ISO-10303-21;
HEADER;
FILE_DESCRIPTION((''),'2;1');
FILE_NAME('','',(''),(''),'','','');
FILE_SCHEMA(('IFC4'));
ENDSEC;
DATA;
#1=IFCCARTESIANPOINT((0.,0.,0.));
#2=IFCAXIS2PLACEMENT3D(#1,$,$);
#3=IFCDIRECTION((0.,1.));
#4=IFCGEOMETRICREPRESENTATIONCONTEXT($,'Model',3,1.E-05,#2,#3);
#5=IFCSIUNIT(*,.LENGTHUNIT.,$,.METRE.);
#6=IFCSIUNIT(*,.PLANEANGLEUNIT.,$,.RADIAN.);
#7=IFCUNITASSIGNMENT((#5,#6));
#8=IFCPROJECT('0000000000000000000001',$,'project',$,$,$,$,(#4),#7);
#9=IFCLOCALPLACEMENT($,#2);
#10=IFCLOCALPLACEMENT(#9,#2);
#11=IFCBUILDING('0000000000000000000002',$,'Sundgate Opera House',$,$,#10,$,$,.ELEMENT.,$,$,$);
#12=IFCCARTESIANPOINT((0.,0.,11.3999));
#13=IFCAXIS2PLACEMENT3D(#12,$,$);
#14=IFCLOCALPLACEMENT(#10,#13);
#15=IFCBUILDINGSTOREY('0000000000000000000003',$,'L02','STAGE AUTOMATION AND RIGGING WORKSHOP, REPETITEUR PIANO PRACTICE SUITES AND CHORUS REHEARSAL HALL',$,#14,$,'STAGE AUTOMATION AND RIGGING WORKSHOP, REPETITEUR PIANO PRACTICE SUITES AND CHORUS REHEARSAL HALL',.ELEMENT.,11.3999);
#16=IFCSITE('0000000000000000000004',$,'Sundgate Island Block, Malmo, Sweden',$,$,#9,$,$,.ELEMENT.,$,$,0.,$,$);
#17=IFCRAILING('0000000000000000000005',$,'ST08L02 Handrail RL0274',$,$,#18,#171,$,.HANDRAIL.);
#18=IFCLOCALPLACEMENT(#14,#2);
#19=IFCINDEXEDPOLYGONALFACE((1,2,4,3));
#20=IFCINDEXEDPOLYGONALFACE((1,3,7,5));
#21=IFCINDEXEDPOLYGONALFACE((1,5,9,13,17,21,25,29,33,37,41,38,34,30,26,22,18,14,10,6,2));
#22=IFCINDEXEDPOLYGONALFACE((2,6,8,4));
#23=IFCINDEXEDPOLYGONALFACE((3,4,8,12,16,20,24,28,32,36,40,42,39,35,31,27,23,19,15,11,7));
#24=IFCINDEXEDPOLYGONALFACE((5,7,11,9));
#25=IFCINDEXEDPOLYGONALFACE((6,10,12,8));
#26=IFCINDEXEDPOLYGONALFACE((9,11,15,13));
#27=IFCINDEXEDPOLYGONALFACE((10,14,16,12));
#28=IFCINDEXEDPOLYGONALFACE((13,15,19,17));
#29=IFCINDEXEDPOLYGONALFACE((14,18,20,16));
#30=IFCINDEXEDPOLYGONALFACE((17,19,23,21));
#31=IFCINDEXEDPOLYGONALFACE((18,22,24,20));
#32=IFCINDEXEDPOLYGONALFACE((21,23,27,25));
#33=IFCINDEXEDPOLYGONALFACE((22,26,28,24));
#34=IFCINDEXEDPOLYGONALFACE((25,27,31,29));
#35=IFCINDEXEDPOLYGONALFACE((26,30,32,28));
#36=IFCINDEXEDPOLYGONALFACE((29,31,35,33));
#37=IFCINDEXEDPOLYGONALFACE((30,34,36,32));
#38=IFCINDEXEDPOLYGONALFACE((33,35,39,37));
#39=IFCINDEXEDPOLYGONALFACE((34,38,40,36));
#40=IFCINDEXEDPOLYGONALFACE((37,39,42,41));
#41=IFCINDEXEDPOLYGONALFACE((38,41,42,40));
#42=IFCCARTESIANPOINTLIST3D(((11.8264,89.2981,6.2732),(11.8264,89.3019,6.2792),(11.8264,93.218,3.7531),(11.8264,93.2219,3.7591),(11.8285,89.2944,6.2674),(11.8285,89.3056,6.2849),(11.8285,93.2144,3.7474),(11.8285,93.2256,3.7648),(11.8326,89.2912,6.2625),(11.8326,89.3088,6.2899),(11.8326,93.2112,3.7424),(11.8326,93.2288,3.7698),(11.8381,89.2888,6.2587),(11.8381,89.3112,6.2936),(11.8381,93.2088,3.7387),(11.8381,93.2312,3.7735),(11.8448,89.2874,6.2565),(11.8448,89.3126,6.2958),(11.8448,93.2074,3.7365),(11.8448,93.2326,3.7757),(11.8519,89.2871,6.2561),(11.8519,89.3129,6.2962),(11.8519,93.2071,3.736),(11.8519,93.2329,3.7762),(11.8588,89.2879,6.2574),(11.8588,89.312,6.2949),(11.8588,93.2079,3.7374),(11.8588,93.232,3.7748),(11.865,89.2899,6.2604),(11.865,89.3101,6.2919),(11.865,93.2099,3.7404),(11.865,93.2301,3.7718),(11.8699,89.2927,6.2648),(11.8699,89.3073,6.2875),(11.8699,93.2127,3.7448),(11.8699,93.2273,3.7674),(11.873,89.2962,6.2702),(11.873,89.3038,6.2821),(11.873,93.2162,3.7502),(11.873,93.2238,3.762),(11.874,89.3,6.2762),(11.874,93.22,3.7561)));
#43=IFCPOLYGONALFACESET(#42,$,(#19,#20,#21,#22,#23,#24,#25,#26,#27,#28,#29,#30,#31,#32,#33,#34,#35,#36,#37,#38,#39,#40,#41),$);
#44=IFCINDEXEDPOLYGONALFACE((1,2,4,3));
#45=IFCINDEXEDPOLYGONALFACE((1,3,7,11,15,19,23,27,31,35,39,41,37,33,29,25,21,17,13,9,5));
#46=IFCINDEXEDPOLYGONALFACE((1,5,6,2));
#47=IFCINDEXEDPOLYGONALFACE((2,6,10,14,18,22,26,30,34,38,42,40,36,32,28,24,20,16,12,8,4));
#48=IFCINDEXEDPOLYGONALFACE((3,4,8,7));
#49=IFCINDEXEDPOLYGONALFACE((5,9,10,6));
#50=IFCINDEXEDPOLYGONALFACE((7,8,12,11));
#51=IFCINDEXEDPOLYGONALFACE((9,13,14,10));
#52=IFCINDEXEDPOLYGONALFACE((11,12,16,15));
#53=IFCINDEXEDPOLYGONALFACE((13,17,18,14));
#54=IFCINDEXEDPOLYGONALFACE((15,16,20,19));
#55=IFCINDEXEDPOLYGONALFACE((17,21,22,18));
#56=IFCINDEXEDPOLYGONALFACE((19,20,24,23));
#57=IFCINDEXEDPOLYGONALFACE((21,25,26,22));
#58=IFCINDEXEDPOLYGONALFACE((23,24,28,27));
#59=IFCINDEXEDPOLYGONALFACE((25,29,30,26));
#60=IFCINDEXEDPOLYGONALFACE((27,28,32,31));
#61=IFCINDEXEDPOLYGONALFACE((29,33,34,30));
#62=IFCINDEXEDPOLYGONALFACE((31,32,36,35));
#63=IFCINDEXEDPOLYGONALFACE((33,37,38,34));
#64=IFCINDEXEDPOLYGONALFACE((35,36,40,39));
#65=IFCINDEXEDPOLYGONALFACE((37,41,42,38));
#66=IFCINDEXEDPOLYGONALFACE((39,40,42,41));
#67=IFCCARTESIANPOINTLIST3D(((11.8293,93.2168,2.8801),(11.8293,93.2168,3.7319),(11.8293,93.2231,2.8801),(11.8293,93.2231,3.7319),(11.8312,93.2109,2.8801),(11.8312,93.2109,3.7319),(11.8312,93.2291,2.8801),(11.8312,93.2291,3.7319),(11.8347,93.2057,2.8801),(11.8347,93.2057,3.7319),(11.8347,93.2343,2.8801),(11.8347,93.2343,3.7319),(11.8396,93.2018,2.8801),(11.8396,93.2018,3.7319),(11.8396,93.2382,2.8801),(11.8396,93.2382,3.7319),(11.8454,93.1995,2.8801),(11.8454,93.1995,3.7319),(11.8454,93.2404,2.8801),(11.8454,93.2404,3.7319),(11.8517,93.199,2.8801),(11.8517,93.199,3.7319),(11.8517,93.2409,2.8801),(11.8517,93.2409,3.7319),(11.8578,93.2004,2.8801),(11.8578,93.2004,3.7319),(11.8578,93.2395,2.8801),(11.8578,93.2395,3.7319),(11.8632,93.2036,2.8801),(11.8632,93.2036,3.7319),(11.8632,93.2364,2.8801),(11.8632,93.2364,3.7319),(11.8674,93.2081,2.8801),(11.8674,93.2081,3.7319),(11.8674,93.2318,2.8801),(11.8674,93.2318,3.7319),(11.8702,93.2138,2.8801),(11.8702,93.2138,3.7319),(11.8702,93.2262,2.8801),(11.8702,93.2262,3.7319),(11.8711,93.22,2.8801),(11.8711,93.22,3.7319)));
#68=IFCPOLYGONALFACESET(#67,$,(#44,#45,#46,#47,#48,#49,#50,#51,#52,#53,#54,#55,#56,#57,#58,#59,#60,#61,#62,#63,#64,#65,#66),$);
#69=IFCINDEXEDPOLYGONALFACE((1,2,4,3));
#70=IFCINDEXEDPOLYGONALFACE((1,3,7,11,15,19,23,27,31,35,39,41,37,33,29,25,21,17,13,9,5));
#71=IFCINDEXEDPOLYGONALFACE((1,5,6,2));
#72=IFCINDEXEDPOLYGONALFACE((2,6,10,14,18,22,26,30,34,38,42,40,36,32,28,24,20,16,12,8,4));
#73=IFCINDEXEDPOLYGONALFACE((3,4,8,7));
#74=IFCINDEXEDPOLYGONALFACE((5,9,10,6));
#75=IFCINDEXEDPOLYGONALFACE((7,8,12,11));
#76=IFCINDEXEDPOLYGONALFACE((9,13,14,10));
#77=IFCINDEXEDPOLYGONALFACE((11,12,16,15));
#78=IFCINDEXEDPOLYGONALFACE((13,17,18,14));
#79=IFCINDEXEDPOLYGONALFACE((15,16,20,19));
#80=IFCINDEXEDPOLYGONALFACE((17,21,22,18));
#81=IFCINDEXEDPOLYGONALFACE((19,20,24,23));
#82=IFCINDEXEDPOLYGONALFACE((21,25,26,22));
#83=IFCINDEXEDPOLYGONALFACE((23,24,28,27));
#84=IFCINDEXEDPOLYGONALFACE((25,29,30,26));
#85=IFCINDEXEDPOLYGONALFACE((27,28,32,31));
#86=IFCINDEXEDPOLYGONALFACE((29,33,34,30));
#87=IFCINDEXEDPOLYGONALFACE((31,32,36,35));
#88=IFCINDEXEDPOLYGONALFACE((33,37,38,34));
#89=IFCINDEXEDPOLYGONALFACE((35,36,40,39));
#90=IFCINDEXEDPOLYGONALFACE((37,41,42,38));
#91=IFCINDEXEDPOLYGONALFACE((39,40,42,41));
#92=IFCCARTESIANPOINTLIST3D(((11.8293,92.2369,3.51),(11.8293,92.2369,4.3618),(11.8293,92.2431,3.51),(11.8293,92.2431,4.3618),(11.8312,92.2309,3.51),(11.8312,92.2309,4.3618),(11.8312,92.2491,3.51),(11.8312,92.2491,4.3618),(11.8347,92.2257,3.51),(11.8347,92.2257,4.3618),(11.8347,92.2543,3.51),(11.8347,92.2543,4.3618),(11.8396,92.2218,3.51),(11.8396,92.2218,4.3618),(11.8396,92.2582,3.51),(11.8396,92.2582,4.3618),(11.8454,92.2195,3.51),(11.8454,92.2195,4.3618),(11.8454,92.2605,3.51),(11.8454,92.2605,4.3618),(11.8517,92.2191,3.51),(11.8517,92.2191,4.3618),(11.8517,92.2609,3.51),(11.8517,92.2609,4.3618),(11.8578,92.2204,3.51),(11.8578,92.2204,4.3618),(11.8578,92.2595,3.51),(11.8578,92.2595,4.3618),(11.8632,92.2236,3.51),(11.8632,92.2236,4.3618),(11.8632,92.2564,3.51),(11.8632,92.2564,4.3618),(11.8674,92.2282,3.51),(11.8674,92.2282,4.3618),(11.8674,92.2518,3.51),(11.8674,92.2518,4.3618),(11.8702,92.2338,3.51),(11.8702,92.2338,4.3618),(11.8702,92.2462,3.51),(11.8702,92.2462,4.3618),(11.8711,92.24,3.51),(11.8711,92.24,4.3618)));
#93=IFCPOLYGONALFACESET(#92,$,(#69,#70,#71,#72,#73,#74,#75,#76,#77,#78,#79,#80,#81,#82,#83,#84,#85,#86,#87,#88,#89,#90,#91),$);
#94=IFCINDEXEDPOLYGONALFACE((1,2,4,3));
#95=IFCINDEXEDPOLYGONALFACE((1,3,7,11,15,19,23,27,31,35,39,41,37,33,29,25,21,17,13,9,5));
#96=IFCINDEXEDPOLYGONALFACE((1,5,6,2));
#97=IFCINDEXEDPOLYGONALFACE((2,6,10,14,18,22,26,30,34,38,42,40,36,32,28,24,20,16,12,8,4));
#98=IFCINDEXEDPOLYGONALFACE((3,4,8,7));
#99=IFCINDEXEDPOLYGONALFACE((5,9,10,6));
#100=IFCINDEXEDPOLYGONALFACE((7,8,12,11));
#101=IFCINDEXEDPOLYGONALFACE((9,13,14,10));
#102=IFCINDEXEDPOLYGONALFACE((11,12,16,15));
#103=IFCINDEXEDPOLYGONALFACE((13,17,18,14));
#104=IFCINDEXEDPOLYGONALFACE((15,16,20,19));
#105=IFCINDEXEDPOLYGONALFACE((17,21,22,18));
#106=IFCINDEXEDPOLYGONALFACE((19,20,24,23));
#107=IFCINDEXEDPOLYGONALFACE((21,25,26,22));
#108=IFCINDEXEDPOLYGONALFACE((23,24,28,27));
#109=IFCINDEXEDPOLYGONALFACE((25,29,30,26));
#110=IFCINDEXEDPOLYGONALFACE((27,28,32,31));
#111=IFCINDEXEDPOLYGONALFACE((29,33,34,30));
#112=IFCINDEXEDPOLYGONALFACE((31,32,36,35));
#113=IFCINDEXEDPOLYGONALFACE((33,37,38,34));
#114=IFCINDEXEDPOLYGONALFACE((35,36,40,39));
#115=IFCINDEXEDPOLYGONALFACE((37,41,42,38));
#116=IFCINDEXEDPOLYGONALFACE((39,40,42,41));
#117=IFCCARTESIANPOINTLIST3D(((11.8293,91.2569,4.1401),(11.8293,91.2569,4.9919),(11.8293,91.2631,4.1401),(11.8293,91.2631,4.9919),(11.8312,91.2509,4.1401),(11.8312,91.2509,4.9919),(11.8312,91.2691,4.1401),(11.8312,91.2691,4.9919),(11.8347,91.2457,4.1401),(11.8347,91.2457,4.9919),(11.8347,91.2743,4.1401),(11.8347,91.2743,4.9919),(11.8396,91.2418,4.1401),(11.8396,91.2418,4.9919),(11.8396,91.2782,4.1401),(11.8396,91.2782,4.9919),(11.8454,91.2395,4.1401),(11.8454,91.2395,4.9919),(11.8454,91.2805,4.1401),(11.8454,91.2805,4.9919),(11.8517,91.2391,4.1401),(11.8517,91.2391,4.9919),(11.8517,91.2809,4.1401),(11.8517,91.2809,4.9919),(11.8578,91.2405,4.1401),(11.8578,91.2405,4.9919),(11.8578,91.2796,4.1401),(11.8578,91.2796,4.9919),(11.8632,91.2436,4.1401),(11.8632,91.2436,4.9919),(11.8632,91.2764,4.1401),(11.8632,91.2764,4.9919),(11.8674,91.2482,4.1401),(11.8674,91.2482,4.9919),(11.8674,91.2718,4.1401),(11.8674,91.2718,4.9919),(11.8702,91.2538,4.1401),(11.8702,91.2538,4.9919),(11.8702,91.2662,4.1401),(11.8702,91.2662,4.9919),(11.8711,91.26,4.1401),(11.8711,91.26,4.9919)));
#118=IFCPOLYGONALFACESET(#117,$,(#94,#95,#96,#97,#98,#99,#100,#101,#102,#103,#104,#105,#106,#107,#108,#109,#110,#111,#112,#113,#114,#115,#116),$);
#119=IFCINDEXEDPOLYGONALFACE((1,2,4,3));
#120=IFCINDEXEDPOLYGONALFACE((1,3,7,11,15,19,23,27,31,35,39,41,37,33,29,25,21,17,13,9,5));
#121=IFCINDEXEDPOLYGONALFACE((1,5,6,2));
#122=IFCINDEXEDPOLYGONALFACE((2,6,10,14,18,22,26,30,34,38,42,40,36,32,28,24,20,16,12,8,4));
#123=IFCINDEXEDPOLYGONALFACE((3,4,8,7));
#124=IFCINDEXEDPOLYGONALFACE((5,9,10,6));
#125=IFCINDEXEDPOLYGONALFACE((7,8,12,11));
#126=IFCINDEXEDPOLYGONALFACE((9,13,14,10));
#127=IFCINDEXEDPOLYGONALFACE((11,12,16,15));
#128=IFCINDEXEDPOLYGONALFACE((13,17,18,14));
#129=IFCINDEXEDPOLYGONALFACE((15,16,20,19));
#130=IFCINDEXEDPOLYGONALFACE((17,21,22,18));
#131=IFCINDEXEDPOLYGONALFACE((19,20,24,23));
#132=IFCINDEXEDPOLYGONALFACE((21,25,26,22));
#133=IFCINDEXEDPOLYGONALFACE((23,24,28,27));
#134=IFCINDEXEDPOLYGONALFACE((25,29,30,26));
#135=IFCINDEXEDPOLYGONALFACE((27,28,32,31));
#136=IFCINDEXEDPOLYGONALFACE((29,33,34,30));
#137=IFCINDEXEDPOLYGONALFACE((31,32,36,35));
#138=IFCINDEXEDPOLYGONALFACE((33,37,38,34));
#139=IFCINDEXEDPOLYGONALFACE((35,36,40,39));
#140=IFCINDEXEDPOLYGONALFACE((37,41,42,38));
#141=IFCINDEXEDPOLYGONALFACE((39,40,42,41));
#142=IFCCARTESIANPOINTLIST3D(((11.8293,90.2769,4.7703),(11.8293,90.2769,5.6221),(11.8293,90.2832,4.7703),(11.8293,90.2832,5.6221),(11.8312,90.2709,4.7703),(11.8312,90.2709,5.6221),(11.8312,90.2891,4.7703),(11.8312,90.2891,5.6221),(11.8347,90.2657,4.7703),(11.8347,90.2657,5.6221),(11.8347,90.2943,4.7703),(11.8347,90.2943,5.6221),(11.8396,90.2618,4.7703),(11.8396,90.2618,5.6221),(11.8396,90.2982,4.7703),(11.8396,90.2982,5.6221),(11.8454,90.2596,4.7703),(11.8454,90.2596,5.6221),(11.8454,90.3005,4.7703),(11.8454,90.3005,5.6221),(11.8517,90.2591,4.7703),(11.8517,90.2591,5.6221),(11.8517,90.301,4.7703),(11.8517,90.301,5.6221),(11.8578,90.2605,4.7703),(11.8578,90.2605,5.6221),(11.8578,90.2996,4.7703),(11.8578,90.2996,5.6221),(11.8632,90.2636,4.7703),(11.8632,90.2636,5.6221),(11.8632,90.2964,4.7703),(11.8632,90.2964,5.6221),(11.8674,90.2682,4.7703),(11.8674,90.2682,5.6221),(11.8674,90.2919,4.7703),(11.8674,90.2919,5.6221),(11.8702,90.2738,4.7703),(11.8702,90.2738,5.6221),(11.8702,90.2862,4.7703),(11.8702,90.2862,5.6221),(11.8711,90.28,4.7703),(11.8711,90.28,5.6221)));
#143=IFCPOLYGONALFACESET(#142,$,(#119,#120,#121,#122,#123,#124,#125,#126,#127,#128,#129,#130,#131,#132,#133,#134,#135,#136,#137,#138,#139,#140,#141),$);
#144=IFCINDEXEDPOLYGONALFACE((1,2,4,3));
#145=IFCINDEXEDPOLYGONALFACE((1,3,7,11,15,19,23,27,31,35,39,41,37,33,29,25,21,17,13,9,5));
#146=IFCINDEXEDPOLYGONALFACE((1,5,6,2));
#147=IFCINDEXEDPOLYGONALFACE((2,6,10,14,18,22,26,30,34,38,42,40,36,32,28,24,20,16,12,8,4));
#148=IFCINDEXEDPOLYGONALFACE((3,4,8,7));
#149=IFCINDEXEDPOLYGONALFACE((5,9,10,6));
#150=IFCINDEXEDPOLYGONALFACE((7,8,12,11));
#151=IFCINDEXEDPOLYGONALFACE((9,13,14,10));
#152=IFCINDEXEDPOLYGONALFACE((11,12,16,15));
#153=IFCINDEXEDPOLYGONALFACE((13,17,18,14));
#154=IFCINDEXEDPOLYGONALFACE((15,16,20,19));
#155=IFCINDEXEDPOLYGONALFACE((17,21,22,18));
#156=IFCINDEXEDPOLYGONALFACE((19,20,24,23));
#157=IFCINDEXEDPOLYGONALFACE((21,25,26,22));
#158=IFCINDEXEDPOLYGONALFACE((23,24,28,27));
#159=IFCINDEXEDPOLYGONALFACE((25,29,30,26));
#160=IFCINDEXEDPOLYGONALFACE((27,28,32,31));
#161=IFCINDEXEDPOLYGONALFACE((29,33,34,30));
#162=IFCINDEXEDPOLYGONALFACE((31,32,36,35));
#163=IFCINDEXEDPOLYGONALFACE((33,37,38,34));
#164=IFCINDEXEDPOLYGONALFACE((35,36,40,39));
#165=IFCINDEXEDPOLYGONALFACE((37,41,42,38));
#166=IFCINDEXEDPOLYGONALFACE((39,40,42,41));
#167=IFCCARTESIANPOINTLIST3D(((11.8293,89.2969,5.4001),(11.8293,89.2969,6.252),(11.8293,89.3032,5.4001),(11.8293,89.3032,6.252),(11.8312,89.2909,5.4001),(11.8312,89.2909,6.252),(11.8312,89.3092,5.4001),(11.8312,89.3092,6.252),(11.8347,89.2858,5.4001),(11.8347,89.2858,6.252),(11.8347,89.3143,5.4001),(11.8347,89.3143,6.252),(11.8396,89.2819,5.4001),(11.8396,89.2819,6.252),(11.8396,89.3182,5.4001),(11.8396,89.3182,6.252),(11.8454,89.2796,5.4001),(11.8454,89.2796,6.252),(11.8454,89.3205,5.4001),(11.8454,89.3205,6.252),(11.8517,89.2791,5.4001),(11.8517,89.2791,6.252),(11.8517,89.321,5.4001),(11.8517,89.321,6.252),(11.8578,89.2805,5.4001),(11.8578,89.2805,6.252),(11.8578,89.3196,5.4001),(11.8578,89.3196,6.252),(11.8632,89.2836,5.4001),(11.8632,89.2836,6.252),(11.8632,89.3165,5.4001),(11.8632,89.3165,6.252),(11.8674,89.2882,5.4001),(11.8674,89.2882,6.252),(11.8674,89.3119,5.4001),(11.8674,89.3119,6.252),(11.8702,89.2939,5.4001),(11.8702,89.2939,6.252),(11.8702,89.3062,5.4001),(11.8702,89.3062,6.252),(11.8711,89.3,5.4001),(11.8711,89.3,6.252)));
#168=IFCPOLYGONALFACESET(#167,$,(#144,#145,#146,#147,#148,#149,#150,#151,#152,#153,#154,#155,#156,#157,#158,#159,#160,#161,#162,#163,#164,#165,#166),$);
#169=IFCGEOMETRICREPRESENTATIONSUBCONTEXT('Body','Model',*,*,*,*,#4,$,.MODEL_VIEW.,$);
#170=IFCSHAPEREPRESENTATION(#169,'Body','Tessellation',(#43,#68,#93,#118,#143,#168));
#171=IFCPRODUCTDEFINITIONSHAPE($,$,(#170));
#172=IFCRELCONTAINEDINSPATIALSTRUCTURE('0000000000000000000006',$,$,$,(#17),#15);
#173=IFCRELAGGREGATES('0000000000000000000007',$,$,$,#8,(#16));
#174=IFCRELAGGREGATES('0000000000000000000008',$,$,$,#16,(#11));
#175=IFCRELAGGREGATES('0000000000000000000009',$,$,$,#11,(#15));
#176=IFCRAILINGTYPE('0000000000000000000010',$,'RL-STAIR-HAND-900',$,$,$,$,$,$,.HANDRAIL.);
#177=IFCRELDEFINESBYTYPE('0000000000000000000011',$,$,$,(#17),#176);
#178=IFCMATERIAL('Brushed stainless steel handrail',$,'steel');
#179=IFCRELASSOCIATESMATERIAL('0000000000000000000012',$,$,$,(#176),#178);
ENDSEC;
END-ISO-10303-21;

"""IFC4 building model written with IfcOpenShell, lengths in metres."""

from ifc_helpers import new_model, si_unit, direction, frame, origin, origin_2d, place, context, subcontext, project, spatial, circle, extrude, material, type_object, element, save


model = new_model("IFC4")

# Units and contexts
model_context = context("Model", 3, precision=1e-05, world=origin(), true_north=direction((0.0, 1.0)))
body_context = subcontext(model_context, "Body", "Model", "MODEL_VIEW")
ifc_project = project(units=[si_unit("LENGTHUNIT", "METRE"), si_unit("PLANEANGLEUNIT", "RADIAN")], contexts=[model_context])

# Site, building, storey
site_placement = place(None, origin())
site = spatial("IfcSite", under=ifc_project, at=site_placement, Name="Sundgate Island Block, Malmo, Sweden", CompositionType="ELEMENT", RefElevation=0.0)
building_placement = place(site_placement, origin())
building = spatial("IfcBuilding", under=site, at=building_placement, Name="Sundgate Opera House", CompositionType="ELEMENT")
storey_placement = place(building_placement, frame((0.0, 0.0, 11.3999)))
storey = spatial("IfcBuildingStorey", under=building, at=storey_placement, Name="L02", Description="STAGE AUTOMATION AND RIGGING WORKSHOP, REPETITEUR PIANO PRACTICE SUITES AND CHORUS REHEARSAL HALL", LongName="STAGE AUTOMATION AND RIGGING WORKSHOP, REPETITEUR PIANO PRACTICE SUITES AND CHORUS REHEARSAL HALL", CompositionType="ELEMENT", Elevation=11.3999)

# Railing
ifc_material_1 = material(Name="Brushed stainless steel handrail", Category="steel")
railing_type_1 = type_object("IfcRailingType", Name="RL-STAIR-HAND-900", PredefinedType="HANDRAIL", material=ifc_material_1)
railing_1_placement = place(storey_placement, frame((11.8501, 93.22, 2.8801)))
element("IfcRailing", 1, at=railing_1_placement, inside=storey, type_object=railing_type_1, Name="ST08L02 Handrail RL0274", PredefinedType="HANDRAIL", context=body_context, shape_type="SweptSolid", body=[
    extrude(circle(Radius=0.0239, at=origin_2d()), frame((0.0, 0.0, 0.876), z_axis=(0.0, -0.841172, 0.540768), x_axis=(1.0, 0.0, 0.0)), (0.0, 0.0, 1.0), 4.6602),
    extrude(circle(Radius=0.021, at=origin_2d()), origin(), (0.0, 0.0, 1.0), 0.8518),
    extrude(circle(Radius=0.021, at=origin_2d()), frame((0.0, -0.98, 0.6299)), (0.0, 0.0, 1.0), 0.8518),
    extrude(circle(Radius=0.021, at=origin_2d()), frame((0.0, -1.96, 1.26)), (0.0, 0.0, 1.0), 0.8518),
    extrude(circle(Radius=0.021, at=origin_2d()), frame((0.0, -2.9399, 1.8901)), (0.0, 0.0, 1.0), 0.8518),
    extrude(circle(Radius=0.021, at=origin_2d()), frame((0.0, -3.9199, 2.52)), (0.0, 0.0, 1.0), 0.8518),
])

save(model, "model.ifc")
